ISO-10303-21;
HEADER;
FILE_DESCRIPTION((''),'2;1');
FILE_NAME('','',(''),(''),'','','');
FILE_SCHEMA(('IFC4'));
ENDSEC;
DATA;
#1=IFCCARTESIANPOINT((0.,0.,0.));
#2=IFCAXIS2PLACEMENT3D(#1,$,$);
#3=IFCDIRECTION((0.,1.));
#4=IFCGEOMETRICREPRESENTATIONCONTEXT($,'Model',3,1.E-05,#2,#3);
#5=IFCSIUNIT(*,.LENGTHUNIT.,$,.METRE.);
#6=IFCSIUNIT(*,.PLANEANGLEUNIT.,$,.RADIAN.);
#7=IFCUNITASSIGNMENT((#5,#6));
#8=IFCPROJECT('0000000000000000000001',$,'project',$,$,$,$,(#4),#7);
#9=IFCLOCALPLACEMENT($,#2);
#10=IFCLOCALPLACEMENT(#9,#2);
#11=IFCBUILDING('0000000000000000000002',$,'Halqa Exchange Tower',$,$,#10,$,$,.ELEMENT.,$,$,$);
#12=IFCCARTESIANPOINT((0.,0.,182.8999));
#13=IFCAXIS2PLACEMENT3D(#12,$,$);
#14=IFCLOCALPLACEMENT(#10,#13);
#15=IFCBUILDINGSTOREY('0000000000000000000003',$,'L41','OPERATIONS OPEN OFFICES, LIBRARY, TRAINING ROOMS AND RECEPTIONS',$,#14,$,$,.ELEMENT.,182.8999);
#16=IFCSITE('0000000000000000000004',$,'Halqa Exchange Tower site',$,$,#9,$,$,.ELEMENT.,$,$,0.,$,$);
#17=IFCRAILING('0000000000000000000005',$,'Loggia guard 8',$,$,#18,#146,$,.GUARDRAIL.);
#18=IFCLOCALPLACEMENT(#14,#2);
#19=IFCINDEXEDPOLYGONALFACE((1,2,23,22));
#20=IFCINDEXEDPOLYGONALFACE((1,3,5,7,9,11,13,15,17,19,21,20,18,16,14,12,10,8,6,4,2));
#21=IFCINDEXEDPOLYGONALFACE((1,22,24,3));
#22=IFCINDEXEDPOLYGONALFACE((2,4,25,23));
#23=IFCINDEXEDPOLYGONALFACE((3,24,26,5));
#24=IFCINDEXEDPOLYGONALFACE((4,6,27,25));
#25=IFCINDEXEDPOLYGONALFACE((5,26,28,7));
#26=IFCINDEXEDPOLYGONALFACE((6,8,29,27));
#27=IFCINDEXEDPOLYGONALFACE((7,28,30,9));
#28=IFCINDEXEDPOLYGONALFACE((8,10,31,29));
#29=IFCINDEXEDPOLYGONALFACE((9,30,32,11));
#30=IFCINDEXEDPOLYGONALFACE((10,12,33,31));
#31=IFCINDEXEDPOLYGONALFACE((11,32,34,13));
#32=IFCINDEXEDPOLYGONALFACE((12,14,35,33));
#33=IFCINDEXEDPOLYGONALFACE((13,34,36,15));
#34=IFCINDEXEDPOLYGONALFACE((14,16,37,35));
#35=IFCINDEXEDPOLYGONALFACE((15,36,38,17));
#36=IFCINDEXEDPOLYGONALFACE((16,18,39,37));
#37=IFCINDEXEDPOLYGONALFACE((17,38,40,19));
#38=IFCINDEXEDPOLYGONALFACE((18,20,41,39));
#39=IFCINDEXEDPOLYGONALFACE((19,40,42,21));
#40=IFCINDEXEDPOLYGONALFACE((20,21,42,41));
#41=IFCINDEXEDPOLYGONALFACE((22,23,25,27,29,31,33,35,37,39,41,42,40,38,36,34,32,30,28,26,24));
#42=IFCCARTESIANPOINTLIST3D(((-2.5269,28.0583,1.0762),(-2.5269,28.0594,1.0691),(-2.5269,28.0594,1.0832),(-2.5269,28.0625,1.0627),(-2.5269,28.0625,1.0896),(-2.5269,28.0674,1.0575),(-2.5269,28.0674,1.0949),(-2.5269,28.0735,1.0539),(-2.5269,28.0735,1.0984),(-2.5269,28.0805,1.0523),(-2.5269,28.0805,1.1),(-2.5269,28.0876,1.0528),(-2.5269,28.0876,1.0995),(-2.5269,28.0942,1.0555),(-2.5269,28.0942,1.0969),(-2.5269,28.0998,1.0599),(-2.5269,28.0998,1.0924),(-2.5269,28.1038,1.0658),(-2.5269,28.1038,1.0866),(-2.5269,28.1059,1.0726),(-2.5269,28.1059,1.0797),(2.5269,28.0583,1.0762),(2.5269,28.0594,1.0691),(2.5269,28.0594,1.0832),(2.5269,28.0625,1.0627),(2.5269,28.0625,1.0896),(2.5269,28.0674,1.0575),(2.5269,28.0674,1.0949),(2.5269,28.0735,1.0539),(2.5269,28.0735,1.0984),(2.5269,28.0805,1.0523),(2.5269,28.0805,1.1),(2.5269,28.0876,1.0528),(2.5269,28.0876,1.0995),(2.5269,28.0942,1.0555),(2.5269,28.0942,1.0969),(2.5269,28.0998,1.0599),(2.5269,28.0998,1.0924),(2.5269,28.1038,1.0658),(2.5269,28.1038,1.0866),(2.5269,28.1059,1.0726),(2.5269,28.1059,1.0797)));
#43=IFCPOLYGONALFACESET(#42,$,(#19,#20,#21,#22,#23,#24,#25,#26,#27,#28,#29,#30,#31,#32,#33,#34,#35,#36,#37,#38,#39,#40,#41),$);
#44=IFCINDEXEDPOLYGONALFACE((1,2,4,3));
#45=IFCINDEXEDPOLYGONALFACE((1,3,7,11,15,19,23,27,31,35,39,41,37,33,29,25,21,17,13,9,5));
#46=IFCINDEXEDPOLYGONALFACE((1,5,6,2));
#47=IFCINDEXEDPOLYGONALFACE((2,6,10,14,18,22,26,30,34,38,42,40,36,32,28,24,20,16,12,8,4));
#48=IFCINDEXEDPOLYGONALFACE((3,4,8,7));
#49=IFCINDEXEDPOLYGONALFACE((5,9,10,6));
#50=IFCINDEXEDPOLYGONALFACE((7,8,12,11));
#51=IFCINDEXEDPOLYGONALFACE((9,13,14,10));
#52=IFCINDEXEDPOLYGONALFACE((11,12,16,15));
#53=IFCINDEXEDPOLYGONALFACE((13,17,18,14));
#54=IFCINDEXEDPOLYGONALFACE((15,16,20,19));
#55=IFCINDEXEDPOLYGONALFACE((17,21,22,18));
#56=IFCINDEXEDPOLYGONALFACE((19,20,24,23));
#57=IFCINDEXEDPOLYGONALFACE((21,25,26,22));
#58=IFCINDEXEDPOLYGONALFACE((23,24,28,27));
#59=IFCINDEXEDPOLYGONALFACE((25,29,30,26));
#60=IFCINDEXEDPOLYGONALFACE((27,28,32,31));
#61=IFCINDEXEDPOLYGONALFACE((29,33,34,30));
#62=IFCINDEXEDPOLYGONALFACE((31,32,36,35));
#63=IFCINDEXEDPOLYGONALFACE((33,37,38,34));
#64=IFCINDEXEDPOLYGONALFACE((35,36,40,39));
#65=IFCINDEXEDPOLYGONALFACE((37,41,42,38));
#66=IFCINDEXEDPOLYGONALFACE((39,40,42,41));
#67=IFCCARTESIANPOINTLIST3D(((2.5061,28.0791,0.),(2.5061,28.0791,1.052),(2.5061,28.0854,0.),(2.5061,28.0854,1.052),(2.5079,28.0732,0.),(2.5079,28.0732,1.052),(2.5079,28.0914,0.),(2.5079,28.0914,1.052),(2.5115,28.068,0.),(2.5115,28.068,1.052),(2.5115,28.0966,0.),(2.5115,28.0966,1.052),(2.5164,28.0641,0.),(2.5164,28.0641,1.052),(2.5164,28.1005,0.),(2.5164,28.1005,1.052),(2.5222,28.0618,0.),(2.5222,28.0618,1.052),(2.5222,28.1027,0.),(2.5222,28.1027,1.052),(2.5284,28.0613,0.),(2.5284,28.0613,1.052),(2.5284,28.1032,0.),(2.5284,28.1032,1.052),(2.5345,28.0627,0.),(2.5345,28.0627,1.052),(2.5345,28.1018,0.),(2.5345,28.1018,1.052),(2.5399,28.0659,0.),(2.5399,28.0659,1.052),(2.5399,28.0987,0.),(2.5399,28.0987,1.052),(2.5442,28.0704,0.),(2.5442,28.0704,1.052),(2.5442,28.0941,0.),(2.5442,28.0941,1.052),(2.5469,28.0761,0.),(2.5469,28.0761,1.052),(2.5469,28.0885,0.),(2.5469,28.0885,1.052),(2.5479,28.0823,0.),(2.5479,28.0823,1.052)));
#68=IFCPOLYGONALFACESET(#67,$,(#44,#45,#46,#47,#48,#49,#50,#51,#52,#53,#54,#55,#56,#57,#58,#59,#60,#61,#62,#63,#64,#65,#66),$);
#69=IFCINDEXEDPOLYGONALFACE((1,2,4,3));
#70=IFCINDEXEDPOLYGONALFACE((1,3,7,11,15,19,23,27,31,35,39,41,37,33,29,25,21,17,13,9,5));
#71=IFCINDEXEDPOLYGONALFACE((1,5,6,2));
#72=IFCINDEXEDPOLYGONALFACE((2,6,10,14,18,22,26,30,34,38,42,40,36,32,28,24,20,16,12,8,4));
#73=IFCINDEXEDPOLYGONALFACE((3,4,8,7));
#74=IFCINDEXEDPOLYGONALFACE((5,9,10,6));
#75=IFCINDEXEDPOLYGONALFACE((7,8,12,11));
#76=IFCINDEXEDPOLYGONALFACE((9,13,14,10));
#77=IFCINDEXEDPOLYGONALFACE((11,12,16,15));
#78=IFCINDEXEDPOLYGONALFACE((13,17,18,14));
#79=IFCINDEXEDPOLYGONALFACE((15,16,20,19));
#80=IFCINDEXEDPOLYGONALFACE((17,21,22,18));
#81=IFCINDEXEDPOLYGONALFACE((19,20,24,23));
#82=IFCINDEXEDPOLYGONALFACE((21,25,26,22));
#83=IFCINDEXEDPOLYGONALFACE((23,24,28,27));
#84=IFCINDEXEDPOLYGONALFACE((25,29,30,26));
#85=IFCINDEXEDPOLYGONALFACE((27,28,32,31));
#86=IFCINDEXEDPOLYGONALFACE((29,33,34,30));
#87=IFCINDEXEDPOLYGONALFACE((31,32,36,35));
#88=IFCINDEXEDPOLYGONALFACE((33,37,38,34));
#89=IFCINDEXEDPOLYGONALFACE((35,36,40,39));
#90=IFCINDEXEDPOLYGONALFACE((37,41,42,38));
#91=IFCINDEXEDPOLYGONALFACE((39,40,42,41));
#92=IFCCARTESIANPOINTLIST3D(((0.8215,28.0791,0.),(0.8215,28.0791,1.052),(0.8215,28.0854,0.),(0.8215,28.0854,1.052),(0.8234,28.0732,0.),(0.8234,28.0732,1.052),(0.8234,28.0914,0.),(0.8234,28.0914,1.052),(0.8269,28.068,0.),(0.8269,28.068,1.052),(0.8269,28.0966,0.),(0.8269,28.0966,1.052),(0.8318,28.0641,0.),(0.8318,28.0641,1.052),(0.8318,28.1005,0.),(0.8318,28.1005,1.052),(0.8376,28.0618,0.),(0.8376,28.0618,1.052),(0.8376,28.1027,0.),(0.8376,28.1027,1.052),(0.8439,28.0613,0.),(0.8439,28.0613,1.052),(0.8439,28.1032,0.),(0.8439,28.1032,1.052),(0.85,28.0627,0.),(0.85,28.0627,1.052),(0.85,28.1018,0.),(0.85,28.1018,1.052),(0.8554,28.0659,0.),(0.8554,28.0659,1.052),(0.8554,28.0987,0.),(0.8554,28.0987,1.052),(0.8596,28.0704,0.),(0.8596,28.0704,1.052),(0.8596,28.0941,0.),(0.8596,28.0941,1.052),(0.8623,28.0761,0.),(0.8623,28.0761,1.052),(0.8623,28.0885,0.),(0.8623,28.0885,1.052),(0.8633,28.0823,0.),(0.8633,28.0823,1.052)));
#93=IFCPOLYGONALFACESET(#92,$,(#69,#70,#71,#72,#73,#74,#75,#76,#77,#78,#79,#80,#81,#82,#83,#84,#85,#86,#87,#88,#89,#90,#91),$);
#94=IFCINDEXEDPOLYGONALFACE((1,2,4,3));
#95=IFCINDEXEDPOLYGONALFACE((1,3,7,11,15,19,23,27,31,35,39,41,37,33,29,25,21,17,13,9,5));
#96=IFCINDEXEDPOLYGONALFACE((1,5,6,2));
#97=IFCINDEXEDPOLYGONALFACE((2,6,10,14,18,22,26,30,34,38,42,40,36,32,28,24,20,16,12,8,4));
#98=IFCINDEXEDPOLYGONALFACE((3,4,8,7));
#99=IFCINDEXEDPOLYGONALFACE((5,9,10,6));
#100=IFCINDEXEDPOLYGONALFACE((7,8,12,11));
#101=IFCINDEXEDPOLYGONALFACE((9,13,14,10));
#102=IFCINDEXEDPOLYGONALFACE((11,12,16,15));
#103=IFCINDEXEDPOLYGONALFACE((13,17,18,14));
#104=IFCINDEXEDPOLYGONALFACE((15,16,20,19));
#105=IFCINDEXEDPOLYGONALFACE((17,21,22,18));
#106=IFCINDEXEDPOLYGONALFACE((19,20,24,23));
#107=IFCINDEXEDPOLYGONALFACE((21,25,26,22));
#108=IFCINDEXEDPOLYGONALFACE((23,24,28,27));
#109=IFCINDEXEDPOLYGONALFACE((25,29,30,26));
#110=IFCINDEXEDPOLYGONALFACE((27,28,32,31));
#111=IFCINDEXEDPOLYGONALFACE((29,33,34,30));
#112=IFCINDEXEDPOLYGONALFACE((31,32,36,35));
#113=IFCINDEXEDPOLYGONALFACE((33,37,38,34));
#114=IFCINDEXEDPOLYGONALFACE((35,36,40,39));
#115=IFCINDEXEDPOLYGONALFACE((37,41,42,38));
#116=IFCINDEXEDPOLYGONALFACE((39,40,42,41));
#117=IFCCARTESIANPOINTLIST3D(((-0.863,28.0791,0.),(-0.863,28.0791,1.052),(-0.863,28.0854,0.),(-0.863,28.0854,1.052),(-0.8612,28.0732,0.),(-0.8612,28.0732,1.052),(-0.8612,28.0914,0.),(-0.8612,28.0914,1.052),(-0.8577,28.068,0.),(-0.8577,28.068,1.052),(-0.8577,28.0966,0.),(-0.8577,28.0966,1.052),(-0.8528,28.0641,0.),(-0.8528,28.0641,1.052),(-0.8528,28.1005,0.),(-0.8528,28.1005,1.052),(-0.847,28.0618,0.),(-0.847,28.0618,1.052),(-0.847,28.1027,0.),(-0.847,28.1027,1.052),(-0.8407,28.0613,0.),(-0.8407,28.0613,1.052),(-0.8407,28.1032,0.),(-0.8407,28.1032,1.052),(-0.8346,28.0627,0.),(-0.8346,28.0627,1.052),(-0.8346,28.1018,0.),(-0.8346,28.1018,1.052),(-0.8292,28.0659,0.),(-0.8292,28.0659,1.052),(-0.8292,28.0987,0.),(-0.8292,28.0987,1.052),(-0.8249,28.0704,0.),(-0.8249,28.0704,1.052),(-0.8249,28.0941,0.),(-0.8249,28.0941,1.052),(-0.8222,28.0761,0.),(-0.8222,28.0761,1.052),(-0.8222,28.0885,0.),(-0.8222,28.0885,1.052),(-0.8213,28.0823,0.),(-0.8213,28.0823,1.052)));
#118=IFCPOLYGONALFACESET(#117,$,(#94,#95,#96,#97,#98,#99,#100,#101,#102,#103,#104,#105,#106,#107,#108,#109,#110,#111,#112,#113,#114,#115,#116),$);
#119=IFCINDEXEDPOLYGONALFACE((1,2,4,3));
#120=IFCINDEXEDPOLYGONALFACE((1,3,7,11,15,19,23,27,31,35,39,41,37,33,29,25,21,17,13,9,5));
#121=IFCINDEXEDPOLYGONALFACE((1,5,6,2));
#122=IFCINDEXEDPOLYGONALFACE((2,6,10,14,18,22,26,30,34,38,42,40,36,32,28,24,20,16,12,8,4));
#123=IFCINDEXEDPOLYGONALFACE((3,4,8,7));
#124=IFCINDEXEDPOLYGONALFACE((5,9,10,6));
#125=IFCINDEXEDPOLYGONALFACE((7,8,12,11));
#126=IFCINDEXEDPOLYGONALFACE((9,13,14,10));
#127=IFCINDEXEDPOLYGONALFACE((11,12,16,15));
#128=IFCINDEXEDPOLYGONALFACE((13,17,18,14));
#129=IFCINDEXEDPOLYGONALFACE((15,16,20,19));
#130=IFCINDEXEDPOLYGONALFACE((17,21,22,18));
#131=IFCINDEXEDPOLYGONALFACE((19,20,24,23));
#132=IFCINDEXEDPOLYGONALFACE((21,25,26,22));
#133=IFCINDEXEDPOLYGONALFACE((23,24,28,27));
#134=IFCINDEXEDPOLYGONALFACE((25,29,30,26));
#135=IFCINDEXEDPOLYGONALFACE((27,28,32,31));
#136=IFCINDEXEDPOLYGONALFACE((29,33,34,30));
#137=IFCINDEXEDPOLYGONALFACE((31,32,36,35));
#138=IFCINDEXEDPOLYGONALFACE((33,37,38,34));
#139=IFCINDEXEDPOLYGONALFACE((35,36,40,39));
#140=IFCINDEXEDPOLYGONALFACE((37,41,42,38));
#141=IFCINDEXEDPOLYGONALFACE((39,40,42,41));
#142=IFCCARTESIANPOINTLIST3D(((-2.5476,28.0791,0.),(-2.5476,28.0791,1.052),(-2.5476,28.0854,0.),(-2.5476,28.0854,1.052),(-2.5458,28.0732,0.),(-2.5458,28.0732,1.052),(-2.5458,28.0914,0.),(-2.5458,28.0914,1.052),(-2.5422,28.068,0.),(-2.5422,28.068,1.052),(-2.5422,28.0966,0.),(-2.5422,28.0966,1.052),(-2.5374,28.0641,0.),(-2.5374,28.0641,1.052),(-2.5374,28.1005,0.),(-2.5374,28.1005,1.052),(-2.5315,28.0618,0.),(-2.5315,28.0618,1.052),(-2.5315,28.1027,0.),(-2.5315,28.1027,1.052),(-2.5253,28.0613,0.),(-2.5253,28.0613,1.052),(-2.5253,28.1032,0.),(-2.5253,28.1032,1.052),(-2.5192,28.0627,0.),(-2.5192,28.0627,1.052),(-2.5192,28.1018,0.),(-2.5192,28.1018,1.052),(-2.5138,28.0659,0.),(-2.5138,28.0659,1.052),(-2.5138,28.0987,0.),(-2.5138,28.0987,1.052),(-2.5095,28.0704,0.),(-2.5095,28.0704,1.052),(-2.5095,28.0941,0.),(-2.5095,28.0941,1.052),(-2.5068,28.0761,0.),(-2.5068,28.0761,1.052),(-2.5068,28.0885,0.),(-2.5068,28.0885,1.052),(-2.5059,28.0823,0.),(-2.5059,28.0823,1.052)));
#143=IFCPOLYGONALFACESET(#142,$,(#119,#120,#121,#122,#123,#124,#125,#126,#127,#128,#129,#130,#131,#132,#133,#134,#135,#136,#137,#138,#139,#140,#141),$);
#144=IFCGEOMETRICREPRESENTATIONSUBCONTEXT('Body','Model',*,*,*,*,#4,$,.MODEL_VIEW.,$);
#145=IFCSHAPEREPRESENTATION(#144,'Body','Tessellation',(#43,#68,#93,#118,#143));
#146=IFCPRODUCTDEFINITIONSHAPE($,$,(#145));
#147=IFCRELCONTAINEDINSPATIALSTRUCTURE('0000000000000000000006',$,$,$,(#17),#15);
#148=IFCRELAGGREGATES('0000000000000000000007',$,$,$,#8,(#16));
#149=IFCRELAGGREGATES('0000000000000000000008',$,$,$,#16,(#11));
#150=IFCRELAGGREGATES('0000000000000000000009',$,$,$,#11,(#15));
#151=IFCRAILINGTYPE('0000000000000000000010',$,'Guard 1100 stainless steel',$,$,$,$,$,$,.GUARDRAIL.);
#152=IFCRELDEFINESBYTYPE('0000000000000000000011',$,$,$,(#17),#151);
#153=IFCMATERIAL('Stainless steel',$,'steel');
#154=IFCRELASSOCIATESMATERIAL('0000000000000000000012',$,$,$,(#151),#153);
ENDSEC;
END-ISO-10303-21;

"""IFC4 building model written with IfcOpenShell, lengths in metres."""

from ifc_helpers import new_model, si_unit, direction, frame, origin, origin_2d, place, context, subcontext, project, spatial, circle, extrude, material, type_object, element, save


model = new_model("IFC4")

# Units and contexts
model_context = context("Model", 3, precision=1e-05, world=origin(), true_north=direction((0.0, 1.0)))
body_context = subcontext(model_context, "Body", "Model", "MODEL_VIEW")
ifc_project = project(units=[si_unit("LENGTHUNIT", "METRE"), si_unit("PLANEANGLEUNIT", "RADIAN")], contexts=[model_context])

# Site, building, storey
site_placement = place(None, origin())
site = spatial("IfcSite", under=ifc_project, at=site_placement, Name="Halqa Exchange Tower site", CompositionType="ELEMENT", RefElevation=0.0)
building_placement = place(site_placement, origin())
building = spatial("IfcBuilding", under=site, at=building_placement, Name="Halqa Exchange Tower", CompositionType="ELEMENT")
storey_placement = place(building_placement, frame((0.0, 0.0, 182.8999)))
storey = spatial("IfcBuildingStorey", under=building, at=storey_placement, Name="L41", Description="OPERATIONS OPEN OFFICES, LIBRARY, TRAINING ROOMS AND RECEPTIONS", CompositionType="ELEMENT", Elevation=182.8999)

# Railing
ifc_material_1 = material(Name="Stainless steel", Category="steel")
railing_type_1 = type_object("IfcRailingType", Name="Guard 1100 stainless steel", PredefinedType="GUARDRAIL", material=ifc_material_1)
railing_1_placement = place(storey_placement, frame((2.5269, 28.0823, 0.0)))
element("IfcRailing", 1, at=railing_1_placement, inside=storey, type_object=railing_type_1, Name="Loggia guard 8", PredefinedType="GUARDRAIL", context=body_context, shape_type="SweptSolid", body=[
    extrude(circle(Radius=0.0239, at=origin_2d()), frame((0.0, 0.0, 1.0762), z_axis=(-1.0, 0.0, 0.0), x_axis=(0.0, -1.0, 0.0)), (0.0, 0.0, 1.0), 5.0537),
    extrude(circle(Radius=0.021, at=origin_2d()), origin(), (0.0, 0.0, 1.0), 1.052),
    extrude(circle(Radius=0.021, at=origin_2d()), frame((-1.6846, 0.0, 0.0)), (0.0, 0.0, 1.0), 1.052),
    extrude(circle(Radius=0.021, at=origin_2d()), frame((-3.3691, 0.0, 0.0)), (0.0, 0.0, 1.0), 1.052),
    extrude(circle(Radius=0.021, at=origin_2d()), frame((-5.0537, 0.0, 0.0)), (0.0, 0.0, 1.0), 1.052),
])

save(model, "model.ifc")
